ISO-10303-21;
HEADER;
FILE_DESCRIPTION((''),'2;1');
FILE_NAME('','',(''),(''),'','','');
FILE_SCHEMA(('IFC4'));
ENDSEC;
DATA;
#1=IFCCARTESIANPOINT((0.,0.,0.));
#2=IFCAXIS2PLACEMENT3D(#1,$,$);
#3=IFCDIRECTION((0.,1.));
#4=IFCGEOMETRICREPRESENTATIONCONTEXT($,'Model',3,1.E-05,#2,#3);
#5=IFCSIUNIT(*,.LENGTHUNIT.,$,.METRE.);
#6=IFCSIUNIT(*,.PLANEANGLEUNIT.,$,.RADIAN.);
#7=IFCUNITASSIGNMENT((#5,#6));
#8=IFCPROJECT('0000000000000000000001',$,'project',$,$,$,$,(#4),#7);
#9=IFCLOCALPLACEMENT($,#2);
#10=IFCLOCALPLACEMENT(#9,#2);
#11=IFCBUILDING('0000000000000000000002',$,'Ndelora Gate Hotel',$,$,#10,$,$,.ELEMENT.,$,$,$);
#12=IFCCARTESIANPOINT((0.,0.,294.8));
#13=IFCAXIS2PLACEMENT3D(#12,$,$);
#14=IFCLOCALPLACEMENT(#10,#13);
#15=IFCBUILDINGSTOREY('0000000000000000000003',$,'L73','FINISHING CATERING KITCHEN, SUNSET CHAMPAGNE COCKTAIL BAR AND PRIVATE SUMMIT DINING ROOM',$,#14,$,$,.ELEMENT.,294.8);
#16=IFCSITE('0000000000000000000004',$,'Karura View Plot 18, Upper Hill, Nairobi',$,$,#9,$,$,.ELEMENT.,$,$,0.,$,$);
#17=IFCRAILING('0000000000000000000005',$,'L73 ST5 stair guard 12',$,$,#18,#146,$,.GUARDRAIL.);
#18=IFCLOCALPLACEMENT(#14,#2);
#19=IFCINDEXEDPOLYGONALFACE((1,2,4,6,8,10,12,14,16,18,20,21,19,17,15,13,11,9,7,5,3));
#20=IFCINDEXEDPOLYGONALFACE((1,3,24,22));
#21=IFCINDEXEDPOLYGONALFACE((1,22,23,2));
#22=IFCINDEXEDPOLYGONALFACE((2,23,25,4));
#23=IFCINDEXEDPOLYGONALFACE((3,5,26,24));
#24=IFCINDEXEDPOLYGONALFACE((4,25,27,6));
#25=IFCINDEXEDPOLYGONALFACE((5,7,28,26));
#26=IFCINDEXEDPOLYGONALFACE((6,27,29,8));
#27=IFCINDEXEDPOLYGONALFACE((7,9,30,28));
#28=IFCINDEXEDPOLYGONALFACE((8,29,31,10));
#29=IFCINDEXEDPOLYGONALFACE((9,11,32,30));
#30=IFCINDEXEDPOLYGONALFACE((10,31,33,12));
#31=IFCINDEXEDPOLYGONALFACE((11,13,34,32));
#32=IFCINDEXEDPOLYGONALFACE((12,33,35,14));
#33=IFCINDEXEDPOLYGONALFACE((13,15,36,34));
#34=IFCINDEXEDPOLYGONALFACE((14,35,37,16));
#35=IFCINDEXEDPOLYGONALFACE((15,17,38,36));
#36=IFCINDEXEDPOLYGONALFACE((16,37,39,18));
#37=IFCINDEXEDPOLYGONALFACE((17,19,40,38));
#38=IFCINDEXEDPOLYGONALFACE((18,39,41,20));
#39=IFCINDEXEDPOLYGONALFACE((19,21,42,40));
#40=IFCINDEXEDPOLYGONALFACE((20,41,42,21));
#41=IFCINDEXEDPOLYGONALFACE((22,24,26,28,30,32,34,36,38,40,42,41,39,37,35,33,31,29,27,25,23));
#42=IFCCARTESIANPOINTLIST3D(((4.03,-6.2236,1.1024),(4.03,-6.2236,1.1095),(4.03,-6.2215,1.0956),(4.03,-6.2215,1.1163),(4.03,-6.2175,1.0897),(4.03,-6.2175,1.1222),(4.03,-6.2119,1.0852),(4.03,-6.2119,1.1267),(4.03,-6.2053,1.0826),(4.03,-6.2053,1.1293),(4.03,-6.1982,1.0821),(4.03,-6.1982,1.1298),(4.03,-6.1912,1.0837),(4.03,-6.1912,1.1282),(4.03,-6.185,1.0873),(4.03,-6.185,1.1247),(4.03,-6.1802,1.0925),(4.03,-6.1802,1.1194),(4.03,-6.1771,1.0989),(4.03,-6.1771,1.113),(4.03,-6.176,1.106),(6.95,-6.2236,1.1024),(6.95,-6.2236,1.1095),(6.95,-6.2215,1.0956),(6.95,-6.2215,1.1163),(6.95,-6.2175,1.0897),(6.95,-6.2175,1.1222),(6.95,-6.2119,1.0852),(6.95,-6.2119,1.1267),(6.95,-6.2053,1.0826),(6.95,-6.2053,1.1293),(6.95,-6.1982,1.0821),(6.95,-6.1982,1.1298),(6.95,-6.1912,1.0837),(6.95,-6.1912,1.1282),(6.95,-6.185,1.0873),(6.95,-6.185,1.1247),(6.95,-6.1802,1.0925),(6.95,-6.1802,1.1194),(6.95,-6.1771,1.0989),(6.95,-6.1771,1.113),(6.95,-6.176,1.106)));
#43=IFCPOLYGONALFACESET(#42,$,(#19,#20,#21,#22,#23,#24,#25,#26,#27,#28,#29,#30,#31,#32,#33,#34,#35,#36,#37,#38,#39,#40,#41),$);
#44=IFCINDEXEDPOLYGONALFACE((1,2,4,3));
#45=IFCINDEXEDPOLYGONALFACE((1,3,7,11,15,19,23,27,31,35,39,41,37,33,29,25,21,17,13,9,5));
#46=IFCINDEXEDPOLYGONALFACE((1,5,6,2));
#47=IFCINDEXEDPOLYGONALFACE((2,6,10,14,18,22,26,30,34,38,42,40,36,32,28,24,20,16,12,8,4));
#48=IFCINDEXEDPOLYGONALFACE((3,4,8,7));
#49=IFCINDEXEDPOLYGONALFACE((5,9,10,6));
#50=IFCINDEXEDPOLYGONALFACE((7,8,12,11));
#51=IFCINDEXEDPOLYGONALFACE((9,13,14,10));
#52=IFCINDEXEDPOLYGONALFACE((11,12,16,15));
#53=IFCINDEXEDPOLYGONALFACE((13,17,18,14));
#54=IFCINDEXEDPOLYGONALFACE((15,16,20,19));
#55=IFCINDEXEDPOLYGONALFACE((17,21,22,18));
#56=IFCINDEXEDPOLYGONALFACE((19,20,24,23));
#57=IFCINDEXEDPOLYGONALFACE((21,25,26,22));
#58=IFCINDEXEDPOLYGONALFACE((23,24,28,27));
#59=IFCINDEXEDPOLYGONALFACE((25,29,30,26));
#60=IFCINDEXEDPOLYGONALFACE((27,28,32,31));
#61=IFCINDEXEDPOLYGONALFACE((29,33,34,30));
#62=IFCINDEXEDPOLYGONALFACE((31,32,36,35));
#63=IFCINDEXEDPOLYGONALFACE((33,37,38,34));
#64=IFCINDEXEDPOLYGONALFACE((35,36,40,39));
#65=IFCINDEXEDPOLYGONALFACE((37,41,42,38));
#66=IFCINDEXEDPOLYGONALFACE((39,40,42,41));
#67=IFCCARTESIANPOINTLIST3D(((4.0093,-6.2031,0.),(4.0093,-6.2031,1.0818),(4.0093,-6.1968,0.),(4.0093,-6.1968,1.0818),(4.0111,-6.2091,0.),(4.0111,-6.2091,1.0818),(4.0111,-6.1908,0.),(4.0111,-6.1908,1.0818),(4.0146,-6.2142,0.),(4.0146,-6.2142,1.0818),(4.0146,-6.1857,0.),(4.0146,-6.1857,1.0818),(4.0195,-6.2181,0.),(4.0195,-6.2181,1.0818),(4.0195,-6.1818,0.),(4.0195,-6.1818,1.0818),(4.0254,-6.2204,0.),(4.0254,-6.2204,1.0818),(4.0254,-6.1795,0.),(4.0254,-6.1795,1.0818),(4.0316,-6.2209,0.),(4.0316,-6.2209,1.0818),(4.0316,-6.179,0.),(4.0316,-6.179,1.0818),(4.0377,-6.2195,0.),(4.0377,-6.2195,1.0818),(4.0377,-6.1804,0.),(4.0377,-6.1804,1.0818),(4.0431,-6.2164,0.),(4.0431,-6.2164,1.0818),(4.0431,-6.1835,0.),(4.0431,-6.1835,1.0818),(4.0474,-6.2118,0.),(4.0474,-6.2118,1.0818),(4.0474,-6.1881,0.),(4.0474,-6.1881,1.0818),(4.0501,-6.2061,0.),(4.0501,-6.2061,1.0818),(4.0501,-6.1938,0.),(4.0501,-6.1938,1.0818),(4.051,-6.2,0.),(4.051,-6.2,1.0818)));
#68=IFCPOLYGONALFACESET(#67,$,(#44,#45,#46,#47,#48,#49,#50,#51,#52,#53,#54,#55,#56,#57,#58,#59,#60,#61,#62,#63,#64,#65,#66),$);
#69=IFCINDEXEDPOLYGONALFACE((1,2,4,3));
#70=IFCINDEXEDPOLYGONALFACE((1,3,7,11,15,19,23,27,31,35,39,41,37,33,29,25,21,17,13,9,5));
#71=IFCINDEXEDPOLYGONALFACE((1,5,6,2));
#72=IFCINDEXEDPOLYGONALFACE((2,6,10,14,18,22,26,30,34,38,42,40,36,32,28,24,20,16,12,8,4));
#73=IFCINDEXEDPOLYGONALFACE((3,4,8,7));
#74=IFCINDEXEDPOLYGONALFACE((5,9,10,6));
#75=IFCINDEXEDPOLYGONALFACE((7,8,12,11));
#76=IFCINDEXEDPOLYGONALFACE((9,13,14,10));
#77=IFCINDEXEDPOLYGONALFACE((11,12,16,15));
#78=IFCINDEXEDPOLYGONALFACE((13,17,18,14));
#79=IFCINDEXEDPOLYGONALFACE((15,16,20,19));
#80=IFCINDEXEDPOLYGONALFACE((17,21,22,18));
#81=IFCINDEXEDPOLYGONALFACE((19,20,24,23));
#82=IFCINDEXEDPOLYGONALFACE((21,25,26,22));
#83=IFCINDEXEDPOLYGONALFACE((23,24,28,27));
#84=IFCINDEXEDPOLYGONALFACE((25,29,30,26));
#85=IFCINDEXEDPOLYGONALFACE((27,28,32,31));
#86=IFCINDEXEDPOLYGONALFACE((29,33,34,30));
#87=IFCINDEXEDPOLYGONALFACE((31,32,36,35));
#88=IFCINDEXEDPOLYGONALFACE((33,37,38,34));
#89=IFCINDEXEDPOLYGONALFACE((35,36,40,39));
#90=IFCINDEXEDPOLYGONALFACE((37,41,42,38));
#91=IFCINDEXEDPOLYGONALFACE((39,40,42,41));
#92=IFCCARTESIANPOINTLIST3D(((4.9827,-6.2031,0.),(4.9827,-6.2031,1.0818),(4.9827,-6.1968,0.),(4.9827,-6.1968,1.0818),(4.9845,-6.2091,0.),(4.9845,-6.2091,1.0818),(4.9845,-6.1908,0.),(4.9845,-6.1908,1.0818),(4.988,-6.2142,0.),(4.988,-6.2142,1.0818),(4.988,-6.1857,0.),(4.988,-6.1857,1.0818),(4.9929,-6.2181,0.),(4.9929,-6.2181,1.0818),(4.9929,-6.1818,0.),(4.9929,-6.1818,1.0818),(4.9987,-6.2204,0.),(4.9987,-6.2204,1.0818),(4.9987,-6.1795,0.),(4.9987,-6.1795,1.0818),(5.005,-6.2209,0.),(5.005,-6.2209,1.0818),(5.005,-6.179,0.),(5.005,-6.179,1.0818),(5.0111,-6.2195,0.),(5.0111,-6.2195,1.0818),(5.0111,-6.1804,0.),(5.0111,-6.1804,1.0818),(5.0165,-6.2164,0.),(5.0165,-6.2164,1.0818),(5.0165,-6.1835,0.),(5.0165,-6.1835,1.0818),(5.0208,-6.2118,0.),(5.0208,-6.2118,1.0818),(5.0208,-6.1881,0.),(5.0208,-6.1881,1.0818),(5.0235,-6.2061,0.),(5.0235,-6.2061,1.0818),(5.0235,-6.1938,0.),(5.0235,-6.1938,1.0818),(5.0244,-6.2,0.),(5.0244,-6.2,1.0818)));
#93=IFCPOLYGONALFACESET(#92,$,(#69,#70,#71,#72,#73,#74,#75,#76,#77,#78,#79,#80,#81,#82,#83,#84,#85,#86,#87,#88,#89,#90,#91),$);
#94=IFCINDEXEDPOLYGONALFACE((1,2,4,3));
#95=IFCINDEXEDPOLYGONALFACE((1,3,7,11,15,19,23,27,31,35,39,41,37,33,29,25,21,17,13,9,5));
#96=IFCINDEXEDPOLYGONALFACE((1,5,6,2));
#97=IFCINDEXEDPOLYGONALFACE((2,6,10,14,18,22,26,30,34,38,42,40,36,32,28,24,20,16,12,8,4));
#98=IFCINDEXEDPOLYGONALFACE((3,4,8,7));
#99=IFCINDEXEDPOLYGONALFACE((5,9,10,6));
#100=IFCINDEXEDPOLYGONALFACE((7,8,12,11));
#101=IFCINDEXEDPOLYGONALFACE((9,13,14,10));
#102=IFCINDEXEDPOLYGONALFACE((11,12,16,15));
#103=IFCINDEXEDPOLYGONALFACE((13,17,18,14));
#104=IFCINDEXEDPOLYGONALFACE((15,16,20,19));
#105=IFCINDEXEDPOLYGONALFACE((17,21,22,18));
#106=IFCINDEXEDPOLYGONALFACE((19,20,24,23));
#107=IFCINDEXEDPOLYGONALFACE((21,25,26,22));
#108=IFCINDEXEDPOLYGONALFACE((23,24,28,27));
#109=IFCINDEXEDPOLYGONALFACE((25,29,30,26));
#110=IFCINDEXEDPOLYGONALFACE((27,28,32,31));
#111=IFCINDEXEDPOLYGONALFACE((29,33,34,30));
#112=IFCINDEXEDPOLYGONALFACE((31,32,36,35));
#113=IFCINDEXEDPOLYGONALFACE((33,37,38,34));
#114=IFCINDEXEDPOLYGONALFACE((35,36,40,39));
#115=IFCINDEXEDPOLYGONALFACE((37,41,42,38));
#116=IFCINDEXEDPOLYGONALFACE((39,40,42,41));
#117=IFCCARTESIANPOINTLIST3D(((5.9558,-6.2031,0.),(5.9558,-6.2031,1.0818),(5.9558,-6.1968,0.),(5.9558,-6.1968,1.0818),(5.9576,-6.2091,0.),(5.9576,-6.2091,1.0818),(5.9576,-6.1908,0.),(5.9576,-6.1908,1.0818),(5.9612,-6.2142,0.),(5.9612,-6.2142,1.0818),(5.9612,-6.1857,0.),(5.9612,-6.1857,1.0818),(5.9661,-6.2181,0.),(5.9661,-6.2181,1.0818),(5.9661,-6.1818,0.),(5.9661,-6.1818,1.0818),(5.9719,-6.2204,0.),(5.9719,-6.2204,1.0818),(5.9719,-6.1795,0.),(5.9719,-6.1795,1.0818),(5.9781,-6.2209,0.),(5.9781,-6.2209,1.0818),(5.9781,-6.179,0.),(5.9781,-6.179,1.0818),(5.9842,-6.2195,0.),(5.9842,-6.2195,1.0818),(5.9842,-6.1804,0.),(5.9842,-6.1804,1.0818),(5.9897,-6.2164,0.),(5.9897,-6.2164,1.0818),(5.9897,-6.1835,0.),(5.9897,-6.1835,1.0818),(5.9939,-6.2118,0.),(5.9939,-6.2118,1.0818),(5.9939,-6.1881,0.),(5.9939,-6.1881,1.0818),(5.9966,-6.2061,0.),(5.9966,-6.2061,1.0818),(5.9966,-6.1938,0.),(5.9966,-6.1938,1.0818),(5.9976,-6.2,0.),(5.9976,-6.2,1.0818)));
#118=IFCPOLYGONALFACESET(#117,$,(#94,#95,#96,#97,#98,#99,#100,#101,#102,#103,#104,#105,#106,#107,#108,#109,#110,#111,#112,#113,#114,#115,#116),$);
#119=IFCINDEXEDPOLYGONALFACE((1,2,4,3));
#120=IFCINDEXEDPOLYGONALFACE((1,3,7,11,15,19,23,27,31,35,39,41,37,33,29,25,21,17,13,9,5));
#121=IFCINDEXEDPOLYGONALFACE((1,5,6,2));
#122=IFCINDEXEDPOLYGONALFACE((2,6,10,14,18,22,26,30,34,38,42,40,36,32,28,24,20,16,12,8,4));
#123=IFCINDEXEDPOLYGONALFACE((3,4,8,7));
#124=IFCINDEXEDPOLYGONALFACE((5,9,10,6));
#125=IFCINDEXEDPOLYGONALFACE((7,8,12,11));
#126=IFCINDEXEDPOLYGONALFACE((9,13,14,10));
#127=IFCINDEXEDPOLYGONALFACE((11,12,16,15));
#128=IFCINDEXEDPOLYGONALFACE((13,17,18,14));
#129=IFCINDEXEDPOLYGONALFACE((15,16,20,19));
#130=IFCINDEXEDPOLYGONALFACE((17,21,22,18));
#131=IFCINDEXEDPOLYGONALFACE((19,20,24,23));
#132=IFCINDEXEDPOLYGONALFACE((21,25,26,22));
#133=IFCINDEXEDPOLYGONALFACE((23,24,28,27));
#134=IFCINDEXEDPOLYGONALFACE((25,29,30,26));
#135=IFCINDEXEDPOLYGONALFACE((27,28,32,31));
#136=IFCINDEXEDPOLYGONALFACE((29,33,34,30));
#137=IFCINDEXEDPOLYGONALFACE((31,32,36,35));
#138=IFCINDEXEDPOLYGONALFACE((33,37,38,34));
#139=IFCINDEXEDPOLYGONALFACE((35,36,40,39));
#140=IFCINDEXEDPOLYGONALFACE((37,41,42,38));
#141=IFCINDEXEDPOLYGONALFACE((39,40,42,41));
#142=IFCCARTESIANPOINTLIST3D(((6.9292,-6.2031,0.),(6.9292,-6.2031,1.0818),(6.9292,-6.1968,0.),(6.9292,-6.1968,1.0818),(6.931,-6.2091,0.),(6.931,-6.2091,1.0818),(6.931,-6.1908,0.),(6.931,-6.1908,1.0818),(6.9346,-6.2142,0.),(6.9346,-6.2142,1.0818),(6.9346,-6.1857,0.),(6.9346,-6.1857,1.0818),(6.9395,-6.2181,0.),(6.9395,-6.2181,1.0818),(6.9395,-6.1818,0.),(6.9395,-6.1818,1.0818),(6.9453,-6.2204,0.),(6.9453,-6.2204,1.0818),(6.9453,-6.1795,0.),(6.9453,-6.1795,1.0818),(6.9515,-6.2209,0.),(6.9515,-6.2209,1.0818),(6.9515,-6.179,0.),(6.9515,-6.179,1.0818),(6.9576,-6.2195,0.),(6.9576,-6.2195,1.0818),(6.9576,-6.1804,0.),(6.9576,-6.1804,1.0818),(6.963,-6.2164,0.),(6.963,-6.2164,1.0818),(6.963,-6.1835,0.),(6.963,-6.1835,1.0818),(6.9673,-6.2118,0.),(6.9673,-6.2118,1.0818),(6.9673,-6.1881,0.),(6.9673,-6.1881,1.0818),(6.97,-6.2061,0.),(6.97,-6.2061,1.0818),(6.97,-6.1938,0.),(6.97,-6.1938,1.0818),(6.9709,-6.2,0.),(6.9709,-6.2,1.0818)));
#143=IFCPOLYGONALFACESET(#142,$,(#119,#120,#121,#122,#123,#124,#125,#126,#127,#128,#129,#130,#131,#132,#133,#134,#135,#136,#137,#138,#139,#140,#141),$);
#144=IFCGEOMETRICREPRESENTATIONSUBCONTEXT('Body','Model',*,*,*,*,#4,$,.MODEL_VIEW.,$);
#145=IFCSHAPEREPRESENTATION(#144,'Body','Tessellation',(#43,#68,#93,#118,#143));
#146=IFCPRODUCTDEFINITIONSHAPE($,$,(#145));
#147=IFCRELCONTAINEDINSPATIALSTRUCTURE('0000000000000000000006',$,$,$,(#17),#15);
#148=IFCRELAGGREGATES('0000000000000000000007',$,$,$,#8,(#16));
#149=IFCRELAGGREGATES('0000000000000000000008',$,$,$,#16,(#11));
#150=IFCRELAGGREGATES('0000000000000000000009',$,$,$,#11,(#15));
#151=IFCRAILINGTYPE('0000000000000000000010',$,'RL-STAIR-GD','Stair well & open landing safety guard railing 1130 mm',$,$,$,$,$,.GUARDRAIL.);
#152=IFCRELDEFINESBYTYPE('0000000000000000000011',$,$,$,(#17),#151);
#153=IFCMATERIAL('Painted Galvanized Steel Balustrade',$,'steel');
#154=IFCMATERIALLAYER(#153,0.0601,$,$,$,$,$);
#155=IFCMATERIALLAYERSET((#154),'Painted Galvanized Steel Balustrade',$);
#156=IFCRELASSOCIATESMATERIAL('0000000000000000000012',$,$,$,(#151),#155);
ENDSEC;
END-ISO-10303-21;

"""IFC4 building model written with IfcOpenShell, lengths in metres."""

from ifc_helpers import new_model, si_unit, direction, frame, origin, origin_2d, place, context, subcontext, project, spatial, circle, extrude, material, layer, layer_set, type_object, element, save


model = new_model("IFC4")

# Units and contexts
model_context = context("Model", 3, precision=1e-05, world=origin(), true_north=direction((0.0, 1.0)))
body_context = subcontext(model_context, "Body", "Model", "MODEL_VIEW")
ifc_project = project(units=[si_unit("LENGTHUNIT", "METRE"), si_unit("PLANEANGLEUNIT", "RADIAN")], contexts=[model_context])

# Site, building, storey
site_placement = place(None, origin())
site = spatial("IfcSite", under=ifc_project, at=site_placement, Name="Karura View Plot 18, Upper Hill, Nairobi", CompositionType="ELEMENT", RefElevation=0.0)
building_placement = place(site_placement, origin())
building = spatial("IfcBuilding", under=site, at=building_placement, Name="Ndelora Gate Hotel", CompositionType="ELEMENT")
storey_placement = place(building_placement, frame((0.0, 0.0, 294.8)))
storey = spatial("IfcBuildingStorey", under=building, at=storey_placement, Name="L73", Description="FINISHING CATERING KITCHEN, SUNSET CHAMPAGNE COCKTAIL BAR AND PRIVATE SUMMIT DINING ROOM", CompositionType="ELEMENT", Elevation=294.8)

# Railing
ifc_material_1 = material(Name="Painted Galvanized Steel Balustrade", Category="steel")
ifc_layer_1 = layer(ifc_material_1, 0.0601)
ifc_layer_set_1 = layer_set([ifc_layer_1], Name="Painted Galvanized Steel Balustrade")
railing_type = type_object("IfcRailingType", Name="RL-STAIR-GD", Description="Stair well & open landing safety guard railing 1130 mm", PredefinedType="GUARDRAIL", material=ifc_layer_set_1)
railing_1_placement = place(storey_placement, frame((4.03, -6.2, 0.0)))
element("IfcRailing", 1, at=railing_1_placement, inside=storey, type_object=railing_type, Name="L73 ST5 stair guard 12", PredefinedType="GUARDRAIL", context=body_context, shape_type="SweptSolid", body=[
    extrude(circle(Radius=0.0239, at=origin_2d()), frame((0.0, 0.0, 1.106), z_axis=(1.0, 0.0, 0.0), x_axis=(0.0, 1.0, 0.0)), (0.0, 0.0, 1.0), 2.9199),
    extrude(circle(Radius=0.021, at=origin_2d()), origin(), (0.0, 0.0, 1.0), 1.0818),
    extrude(circle(Radius=0.021, at=origin_2d()), frame((0.9734, 0.0, 0.0)), (0.0, 0.0, 1.0), 1.0818),
    extrude(circle(Radius=0.021, at=origin_2d()), frame((1.9465, 0.0, 0.0)), (0.0, 0.0, 1.0), 1.0818),
    extrude(circle(Radius=0.021, at=origin_2d()), frame((2.9199, 0.0, 0.0)), (0.0, 0.0, 1.0), 1.0818),
])

save(model, "model.ifc")
